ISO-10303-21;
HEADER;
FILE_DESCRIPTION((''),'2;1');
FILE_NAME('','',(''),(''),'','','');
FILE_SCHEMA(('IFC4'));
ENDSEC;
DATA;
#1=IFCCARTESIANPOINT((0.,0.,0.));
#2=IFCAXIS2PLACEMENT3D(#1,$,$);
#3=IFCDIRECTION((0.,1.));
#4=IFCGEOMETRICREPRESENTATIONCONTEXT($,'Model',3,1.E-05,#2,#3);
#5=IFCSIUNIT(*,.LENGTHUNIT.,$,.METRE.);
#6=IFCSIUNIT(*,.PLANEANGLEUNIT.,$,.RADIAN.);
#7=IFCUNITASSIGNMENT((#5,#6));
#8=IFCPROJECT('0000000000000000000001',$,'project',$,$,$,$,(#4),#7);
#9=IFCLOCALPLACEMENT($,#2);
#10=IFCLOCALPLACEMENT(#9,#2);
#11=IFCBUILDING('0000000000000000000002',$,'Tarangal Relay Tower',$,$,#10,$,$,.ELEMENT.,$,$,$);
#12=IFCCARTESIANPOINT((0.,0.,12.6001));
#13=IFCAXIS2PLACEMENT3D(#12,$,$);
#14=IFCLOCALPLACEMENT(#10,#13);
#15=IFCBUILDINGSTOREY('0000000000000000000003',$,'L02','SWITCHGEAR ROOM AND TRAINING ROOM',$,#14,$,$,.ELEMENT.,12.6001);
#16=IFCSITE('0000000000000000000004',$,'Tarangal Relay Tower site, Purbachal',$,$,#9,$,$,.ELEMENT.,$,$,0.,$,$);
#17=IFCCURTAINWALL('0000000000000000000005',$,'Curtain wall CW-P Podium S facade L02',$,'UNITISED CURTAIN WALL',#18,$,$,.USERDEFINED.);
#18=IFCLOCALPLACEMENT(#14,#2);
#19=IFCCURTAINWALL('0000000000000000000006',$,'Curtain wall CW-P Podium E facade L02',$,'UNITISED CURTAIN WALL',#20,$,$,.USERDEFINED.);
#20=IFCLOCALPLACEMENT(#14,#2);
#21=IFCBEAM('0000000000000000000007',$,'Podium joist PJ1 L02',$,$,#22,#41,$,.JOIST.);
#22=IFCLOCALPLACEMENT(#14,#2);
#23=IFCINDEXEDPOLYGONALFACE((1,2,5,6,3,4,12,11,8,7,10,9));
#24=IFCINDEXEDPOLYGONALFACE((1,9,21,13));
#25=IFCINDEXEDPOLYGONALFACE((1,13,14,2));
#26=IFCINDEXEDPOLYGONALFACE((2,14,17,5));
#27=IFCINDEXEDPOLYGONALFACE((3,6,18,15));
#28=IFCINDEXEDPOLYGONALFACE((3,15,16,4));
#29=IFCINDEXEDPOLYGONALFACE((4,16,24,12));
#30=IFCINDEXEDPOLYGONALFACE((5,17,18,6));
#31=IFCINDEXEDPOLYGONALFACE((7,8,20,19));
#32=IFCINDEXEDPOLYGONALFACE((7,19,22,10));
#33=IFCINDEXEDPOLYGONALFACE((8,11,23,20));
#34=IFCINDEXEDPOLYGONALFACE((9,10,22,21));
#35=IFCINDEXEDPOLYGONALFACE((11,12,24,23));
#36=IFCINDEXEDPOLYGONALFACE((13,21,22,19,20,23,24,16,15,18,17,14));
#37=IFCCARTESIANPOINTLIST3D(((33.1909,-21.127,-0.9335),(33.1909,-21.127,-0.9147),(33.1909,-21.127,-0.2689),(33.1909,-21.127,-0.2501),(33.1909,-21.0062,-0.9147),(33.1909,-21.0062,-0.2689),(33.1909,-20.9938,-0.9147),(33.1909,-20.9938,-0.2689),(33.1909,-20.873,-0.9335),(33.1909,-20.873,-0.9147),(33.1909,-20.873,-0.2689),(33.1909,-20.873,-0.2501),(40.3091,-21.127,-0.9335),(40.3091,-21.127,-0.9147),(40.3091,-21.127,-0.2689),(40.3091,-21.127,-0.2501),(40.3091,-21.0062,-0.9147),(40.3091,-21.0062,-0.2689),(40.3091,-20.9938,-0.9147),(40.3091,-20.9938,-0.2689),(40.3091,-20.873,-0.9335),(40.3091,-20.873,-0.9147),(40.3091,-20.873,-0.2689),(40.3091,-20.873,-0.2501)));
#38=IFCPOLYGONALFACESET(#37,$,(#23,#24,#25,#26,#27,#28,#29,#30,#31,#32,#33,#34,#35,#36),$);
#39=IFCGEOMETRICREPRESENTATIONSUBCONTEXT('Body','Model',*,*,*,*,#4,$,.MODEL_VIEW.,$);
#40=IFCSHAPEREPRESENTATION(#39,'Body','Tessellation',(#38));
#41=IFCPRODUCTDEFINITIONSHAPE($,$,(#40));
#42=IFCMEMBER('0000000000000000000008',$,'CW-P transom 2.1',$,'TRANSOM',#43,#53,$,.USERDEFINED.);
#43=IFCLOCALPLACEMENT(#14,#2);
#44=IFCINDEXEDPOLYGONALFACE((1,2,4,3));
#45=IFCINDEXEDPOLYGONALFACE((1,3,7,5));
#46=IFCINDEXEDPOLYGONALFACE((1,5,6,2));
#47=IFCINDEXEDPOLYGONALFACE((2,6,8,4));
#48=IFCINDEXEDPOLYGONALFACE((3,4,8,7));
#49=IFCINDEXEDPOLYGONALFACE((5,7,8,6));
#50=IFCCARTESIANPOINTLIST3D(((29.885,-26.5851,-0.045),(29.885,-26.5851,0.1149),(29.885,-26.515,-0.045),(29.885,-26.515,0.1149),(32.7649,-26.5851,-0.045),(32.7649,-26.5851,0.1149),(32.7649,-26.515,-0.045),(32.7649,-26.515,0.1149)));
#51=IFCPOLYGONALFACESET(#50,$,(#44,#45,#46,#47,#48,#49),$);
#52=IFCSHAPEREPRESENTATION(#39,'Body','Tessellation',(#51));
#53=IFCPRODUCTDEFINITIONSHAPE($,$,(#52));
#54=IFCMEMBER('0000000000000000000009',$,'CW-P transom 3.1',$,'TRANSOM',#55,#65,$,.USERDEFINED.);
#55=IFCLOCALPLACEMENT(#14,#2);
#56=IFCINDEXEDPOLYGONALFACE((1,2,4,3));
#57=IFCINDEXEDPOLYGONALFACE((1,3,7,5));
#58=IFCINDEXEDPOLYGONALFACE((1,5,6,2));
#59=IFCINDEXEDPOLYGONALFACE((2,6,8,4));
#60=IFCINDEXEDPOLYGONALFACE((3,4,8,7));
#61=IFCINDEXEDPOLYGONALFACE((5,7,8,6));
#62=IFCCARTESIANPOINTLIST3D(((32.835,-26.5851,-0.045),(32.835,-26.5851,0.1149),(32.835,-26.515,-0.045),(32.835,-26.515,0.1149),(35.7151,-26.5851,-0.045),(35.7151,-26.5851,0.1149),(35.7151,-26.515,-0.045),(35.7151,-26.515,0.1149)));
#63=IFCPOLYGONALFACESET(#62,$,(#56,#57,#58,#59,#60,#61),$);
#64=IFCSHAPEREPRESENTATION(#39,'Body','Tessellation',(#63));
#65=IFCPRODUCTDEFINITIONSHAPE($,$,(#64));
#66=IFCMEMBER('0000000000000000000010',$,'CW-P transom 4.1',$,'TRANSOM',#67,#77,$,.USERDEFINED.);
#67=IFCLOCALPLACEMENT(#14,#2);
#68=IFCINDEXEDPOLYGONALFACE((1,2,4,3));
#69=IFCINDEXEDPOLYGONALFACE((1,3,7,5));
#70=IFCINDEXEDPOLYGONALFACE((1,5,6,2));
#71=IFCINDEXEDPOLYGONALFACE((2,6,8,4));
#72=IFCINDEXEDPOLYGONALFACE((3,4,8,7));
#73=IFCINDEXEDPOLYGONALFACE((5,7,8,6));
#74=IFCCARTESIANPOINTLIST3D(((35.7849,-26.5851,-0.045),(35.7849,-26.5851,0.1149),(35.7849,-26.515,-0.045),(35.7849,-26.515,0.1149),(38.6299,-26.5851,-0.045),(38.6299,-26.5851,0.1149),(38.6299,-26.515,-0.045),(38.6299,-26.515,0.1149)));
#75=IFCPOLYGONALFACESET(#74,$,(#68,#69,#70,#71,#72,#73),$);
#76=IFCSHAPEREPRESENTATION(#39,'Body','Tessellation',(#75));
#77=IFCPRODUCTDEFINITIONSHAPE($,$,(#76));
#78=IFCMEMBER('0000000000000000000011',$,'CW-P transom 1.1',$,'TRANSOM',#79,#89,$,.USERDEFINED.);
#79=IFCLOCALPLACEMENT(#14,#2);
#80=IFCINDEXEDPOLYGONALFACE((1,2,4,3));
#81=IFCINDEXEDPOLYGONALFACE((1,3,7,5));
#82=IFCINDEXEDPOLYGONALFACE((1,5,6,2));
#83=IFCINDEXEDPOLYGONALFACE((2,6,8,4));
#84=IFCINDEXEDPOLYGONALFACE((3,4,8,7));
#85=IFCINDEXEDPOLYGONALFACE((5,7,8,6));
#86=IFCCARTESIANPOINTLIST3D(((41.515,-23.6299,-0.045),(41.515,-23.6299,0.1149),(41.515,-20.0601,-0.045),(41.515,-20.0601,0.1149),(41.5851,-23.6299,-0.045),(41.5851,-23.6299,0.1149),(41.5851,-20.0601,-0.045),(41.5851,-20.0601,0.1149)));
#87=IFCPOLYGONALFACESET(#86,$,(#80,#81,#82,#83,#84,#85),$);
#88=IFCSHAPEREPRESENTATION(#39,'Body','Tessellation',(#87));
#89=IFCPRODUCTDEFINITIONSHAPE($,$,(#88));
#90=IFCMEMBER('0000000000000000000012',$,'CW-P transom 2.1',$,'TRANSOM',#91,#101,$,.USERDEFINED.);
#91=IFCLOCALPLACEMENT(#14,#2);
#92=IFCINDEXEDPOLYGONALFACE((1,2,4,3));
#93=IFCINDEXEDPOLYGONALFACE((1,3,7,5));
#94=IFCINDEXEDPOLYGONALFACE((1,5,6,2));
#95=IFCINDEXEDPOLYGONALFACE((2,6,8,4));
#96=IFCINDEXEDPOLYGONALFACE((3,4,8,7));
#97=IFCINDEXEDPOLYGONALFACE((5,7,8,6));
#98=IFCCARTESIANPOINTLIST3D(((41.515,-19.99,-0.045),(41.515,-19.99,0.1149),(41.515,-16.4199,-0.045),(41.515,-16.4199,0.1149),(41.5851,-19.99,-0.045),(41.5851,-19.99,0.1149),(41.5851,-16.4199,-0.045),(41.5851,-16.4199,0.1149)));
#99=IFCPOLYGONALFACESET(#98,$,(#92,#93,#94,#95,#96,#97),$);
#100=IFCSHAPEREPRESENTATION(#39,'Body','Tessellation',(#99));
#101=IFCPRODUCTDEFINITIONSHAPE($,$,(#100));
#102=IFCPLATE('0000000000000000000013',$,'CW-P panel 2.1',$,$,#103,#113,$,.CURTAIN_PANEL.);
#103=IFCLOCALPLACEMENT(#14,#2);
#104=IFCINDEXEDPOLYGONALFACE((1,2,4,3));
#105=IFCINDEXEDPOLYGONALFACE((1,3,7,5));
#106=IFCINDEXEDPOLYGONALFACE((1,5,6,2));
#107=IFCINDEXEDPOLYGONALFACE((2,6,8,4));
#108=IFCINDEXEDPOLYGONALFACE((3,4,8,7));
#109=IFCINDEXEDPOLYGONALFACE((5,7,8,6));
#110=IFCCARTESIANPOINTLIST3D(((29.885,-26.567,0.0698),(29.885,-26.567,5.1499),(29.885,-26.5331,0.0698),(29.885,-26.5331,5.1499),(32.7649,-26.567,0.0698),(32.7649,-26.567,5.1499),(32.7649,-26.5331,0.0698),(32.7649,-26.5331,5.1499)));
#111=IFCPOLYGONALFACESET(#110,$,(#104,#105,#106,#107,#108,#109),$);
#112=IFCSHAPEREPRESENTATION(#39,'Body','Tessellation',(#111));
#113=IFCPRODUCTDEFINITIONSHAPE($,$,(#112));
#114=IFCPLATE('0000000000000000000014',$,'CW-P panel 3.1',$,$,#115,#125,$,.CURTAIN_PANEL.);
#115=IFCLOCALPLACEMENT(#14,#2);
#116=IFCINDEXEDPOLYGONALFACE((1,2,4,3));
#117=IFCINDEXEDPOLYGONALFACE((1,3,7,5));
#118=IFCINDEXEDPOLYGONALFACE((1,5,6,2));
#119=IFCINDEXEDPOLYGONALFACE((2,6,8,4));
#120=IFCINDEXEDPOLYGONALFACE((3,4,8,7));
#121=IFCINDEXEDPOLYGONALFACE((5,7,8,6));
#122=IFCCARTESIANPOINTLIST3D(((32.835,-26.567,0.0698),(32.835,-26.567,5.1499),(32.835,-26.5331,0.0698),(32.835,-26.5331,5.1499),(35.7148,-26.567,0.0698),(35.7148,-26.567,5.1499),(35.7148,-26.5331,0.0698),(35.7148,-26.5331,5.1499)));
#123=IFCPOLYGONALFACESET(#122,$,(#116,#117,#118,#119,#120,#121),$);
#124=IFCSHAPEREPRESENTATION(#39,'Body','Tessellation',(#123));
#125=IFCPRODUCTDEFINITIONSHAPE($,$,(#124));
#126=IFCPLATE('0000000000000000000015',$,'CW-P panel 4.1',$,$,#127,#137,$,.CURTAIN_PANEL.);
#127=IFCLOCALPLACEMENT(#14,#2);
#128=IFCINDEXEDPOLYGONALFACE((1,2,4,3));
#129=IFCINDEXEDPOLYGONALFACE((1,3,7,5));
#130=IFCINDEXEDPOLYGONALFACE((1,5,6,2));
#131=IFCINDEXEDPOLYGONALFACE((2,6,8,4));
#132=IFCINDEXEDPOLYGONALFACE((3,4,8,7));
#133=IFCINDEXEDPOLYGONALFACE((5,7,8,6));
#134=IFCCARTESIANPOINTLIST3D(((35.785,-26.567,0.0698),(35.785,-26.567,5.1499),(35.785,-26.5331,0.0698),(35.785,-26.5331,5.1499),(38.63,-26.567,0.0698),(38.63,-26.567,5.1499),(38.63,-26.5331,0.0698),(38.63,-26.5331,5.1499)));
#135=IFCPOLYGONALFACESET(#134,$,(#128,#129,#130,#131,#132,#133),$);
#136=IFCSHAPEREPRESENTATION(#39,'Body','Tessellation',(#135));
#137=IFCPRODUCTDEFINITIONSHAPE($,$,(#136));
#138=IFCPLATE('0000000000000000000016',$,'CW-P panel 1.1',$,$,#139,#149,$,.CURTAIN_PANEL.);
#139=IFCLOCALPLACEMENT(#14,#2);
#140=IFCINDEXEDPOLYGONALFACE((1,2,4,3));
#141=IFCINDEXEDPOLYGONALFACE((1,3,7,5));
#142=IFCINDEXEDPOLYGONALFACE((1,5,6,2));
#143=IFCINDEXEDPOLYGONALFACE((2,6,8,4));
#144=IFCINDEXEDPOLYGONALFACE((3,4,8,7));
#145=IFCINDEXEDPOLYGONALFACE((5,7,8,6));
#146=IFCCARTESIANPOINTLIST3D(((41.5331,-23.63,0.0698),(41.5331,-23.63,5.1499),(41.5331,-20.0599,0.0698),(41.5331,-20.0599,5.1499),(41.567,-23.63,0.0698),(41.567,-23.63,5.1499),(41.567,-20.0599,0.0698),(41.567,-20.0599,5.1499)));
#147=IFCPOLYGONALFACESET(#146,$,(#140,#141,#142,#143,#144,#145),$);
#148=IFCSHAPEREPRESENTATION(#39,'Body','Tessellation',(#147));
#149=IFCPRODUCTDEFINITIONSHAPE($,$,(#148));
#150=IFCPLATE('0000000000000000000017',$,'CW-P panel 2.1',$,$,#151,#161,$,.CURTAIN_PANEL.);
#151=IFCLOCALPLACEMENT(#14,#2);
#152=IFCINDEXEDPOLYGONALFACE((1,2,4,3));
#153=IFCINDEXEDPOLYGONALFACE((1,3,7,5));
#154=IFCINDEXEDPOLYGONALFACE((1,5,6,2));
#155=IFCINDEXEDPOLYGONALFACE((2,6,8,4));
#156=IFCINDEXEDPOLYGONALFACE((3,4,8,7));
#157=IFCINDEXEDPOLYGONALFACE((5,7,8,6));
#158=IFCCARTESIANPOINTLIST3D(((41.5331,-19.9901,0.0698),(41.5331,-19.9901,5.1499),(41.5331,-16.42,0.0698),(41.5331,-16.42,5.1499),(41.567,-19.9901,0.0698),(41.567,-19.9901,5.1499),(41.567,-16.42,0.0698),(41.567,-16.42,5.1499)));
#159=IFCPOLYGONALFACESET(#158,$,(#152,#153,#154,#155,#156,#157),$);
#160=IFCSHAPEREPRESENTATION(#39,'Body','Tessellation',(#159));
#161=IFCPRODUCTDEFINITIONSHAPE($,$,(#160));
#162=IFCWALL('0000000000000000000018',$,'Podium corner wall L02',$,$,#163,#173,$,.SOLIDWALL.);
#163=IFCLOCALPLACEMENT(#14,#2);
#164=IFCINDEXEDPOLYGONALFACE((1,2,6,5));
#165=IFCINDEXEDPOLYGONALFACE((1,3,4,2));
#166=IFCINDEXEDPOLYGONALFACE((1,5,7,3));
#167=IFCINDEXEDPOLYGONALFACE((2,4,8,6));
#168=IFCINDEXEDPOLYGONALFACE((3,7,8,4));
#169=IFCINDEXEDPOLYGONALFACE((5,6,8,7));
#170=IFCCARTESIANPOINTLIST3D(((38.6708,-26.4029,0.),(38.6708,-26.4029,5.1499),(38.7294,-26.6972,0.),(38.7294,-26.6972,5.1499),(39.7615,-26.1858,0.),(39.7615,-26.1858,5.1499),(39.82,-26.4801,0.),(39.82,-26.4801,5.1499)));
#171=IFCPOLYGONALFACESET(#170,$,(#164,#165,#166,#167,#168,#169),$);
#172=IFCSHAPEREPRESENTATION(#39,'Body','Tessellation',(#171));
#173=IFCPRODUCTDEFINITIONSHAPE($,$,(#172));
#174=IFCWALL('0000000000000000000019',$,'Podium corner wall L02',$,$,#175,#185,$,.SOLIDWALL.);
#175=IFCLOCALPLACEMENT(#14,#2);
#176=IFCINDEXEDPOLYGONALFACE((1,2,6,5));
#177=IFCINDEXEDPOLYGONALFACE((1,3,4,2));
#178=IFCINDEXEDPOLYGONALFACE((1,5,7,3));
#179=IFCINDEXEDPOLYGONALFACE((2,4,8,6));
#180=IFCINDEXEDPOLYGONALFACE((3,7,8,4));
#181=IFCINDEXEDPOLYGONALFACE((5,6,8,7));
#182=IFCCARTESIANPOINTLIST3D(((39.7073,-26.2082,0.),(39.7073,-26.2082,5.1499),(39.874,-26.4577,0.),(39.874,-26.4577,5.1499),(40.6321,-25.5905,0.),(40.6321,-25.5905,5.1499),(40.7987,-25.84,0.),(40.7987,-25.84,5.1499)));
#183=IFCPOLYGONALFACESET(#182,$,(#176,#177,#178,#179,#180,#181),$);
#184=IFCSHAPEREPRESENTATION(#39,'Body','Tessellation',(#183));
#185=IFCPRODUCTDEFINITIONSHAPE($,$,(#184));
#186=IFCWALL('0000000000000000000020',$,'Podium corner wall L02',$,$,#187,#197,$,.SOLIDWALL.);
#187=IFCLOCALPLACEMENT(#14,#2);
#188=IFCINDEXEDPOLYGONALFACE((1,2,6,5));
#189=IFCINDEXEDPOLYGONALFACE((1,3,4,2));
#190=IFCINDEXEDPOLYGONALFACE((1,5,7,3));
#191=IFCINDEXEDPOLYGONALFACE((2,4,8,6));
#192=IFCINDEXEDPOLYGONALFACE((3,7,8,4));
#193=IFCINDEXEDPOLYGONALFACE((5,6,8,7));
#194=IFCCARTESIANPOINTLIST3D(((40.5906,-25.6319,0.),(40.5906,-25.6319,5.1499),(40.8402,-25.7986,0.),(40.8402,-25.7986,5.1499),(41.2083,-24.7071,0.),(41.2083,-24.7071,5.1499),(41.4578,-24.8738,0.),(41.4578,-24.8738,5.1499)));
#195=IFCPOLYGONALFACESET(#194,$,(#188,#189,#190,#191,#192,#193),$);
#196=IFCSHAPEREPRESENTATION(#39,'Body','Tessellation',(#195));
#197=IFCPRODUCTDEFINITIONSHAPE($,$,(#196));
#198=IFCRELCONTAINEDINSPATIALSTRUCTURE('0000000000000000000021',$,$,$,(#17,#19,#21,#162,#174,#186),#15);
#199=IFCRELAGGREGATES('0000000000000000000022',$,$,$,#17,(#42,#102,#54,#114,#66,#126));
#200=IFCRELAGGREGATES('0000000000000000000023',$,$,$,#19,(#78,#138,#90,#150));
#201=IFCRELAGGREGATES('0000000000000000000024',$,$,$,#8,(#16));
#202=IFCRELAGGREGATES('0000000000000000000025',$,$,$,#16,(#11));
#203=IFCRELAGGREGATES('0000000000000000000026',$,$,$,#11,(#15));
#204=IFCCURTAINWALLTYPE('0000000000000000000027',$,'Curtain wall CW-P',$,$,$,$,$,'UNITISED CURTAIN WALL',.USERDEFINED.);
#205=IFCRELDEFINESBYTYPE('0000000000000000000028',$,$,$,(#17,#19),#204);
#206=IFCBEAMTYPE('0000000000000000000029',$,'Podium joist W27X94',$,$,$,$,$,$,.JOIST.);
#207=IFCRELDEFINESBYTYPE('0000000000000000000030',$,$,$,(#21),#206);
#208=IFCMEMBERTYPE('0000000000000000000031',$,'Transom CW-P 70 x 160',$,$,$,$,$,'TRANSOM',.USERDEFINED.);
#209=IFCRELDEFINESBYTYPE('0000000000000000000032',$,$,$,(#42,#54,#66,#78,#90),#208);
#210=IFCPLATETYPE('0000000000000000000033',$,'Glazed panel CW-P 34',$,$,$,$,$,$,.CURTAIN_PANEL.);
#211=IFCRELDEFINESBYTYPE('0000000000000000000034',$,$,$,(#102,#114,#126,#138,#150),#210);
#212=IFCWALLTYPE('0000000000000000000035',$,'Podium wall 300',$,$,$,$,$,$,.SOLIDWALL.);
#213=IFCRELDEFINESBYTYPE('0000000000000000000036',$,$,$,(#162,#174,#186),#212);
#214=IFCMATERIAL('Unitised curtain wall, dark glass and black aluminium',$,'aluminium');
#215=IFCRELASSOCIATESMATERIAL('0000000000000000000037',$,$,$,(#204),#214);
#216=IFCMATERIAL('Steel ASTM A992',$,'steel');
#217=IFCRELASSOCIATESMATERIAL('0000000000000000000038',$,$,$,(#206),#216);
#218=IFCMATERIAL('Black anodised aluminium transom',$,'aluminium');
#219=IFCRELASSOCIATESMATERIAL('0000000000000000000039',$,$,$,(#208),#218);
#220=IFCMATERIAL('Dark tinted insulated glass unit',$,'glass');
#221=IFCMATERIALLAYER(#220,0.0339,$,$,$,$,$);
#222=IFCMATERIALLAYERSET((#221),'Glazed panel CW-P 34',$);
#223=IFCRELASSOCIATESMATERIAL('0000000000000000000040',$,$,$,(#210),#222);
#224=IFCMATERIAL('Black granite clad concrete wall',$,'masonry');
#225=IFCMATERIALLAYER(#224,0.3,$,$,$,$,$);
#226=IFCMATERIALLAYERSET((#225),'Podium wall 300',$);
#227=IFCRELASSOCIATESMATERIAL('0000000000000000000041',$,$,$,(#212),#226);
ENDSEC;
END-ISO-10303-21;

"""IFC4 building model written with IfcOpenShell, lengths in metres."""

from ifc_helpers import new_model, si_unit, direction, frame, frame_2d, origin, origin_2d, place, context, subcontext, project, spatial, rectangle, i_section, extrude, material, layer, layer_set, material_profile, profile_set, type_object, element, aggregate, save


model = new_model("IFC4")

# Units and contexts
model_context = context("Model", 3, precision=1e-05, world=origin(), true_north=direction((0.0, 1.0)))
body_context = subcontext(model_context, "Body", "Model", "MODEL_VIEW")
ifc_project = project(units=[si_unit("LENGTHUNIT", "METRE"), si_unit("PLANEANGLEUNIT", "RADIAN")], contexts=[model_context])

# Site, building, storey
site_placement = place(None, origin())
site = spatial("IfcSite", under=ifc_project, at=site_placement, Name="Tarangal Relay Tower site, Purbachal", CompositionType="ELEMENT", RefElevation=0.0)
building_placement = place(site_placement, origin())
building = spatial("IfcBuilding", under=site, at=building_placement, Name="Tarangal Relay Tower", CompositionType="ELEMENT")
storey_placement = place(building_placement, frame((0.0, 0.0, 12.6001)))
storey = spatial("IfcBuildingStorey", under=building, at=storey_placement, Name="L02", Description="SWITCHGEAR ROOM AND TRAINING ROOM", CompositionType="ELEMENT", Elevation=12.6001)

# Shared definitions
ifc_material_1 = material(Name="Steel ASTM A992", Category="steel")

# Curtain walls
ifc_material_2 = material(Name="Unitised curtain wall, dark glass and black aluminium", Category="aluminium")
curtain_wall_type = type_object("IfcCurtainWallType", Name="Curtain wall CW-P", ElementType="UNITISED CURTAIN WALL", PredefinedType="USERDEFINED", material=ifc_material_2)
curtain_wall_1_placement = place(storey_placement, origin())
curtain_wall_1 = element("IfcCurtainWall", 1, at=curtain_wall_1_placement, inside=storey, type_object=curtain_wall_type, Name="Curtain wall CW-P Podium S facade L02", ObjectType="UNITISED CURTAIN WALL", PredefinedType="USERDEFINED")
curtain_wall_2_placement = place(storey_placement, origin())
curtain_wall_2 = element("IfcCurtainWall", 2, at=curtain_wall_2_placement, inside=storey, type_object=curtain_wall_type, Name="Curtain wall CW-P Podium E facade L02", ObjectType="UNITISED CURTAIN WALL", PredefinedType="USERDEFINED")

# Beam
ifc_material_profile_1 = material_profile(ifc_material_1, i_section(OverallWidth=0.2539, OverallDepth=0.6833, WebThickness=0.0125, FlangeThickness=0.0188, at=origin_2d()), Name="W27X94")
ifc_profile_set_1 = profile_set([ifc_material_profile_1], Name="Steel ASTM A992")
beam_type_1 = type_object("IfcBeamType", Name="Podium joist W27X94", PredefinedType="JOIST", material=ifc_profile_set_1)
beam_1_placement = place(storey_placement, frame((33.1909, -21.0, -0.5918), z_axis=(1.0, 0.0, 0.0), x_axis=(0.0, 1.0, 0.0)))
element("IfcBeam", 3, at=beam_1_placement, inside=storey, type_object=beam_type_1, Name="Podium joist PJ1 L02", PredefinedType="JOIST", context=body_context, shape_type="SweptSolid", body=[
    extrude(i_section(OverallWidth=0.2539, OverallDepth=0.6833, WebThickness=0.0125, FlangeThickness=0.0188, at=origin_2d()), origin(), (0.0, 0.0, 1.0), 7.1182),
])

# Members
ifc_material_3 = material(Name="Black anodised aluminium transom", Category="aluminium")
ifc_material_profile_2 = material_profile(ifc_material_3, rectangle(XDim=0.0701, YDim=0.1599, at=origin_2d()), Name="CW-PT 70X160")
ifc_profile_set_2 = profile_set([ifc_material_profile_2], Name="Black anodised aluminium transom")
member_type_1 = type_object("IfcMemberType", Name="Transom CW-P 70 x 160", ElementType="TRANSOM", PredefinedType="USERDEFINED", material=ifc_profile_set_2)
member_1_placement = place(storey_placement, frame((29.885, -26.55, 0.0349), z_axis=(1.0, 0.0, 0.0), x_axis=(0.0, 1.0, 0.0)))
member_1 = element("IfcMember", 4, at=member_1_placement, type_object=member_type_1, Name="CW-P transom 2.1", ObjectType="TRANSOM", PredefinedType="USERDEFINED", context=body_context, shape_type="SweptSolid", body=[
    extrude(rectangle(XDim=0.0701, YDim=0.1599, at=origin_2d()), origin(), (0.0, 0.0, 1.0), 2.8799),
])
member_2_placement = place(storey_placement, frame((32.835, -26.55, 0.0349), z_axis=(1.0, 0.0, 0.0), x_axis=(0.0, 1.0, 0.0)))
member_2 = element("IfcMember", 5, at=member_2_placement, type_object=member_type_1, Name="CW-P transom 3.1", ObjectType="TRANSOM", PredefinedType="USERDEFINED", context=body_context, shape_type="SweptSolid", body=[
    extrude(rectangle(XDim=0.0701, YDim=0.1599, at=origin_2d()), origin(), (0.0, 0.0, 1.0), 2.8801),
])
member_3_placement = place(storey_placement, frame((35.7849, -26.55, 0.0349), z_axis=(1.0, 0.0, 0.0), x_axis=(0.0, 1.0, 0.0)))
member_3 = element("IfcMember", 6, at=member_3_placement, type_object=member_type_1, Name="CW-P transom 4.1", ObjectType="TRANSOM", PredefinedType="USERDEFINED", context=body_context, shape_type="SweptSolid", body=[
    extrude(rectangle(XDim=0.0701, YDim=0.1599, at=origin_2d()), origin(), (0.0, 0.0, 1.0), 2.845),
])
member_4_placement = place(storey_placement, frame((41.55, -23.6299, 0.0349), z_axis=(0.0, 1.0, 0.0), x_axis=(-1.0, 0.0, 0.0)))
member_4 = element("IfcMember", 7, at=member_4_placement, type_object=member_type_1, Name="CW-P transom 1.1", ObjectType="TRANSOM", PredefinedType="USERDEFINED", context=body_context, shape_type="SweptSolid", body=[
    extrude(rectangle(XDim=0.0701, YDim=0.1599, at=origin_2d()), origin(), (0.0, 0.0, 1.0), 3.5698),
])
member_5_placement = place(storey_placement, frame((41.55, -19.99, 0.0349), z_axis=(0.0, 1.0, 0.0), x_axis=(-1.0, 0.0, 0.0)))
member_5 = element("IfcMember", 8, at=member_5_placement, type_object=member_type_1, Name="CW-P transom 2.1", ObjectType="TRANSOM", PredefinedType="USERDEFINED", context=body_context, shape_type="SweptSolid", body=[
    extrude(rectangle(XDim=0.0701, YDim=0.1599, at=origin_2d()), origin(), (0.0, 0.0, 1.0), 3.5701),
])

# Plates
ifc_material_4 = material(Name="Dark tinted insulated glass unit", Category="glass")
ifc_layer_1 = layer(ifc_material_4, 0.0339)
ifc_layer_set_1 = layer_set([ifc_layer_1], Name="Glazed panel CW-P 34")
plate_type = type_object("IfcPlateType", Name="Glazed panel CW-P 34", PredefinedType="CURTAIN_PANEL", material=ifc_layer_set_1)
plate_1_placement = place(storey_placement, frame((31.325, -26.55, 0.0698), z_axis=(0.0, 0.0, 1.0), x_axis=(1.0, 0.0, 0.0)))
plate_1 = element("IfcPlate", 9, at=plate_1_placement, type_object=plate_type, Name="CW-P panel 2.1", PredefinedType="CURTAIN_PANEL", context=body_context, shape_type="SweptSolid", body=[
    extrude(rectangle(XDim=2.8799, YDim=0.0339, at=origin_2d()), origin(), (0.0, 0.0, 1.0), 5.0801),
])
plate_2_placement = place(storey_placement, frame((34.2749, -26.55, 0.0698), z_axis=(0.0, 0.0, 1.0), x_axis=(1.0, 0.0, 0.0)))
plate_2 = element("IfcPlate", 10, at=plate_2_placement, type_object=plate_type, Name="CW-P panel 3.1", PredefinedType="CURTAIN_PANEL", context=body_context, shape_type="SweptSolid", body=[
    extrude(rectangle(XDim=2.8799, YDim=0.0339, at=origin_2d()), origin(), (0.0, 0.0, 1.0), 5.0801),
])
plate_3_placement = place(storey_placement, frame((37.2075, -26.55, 0.0698), z_axis=(0.0, 0.0, 1.0), x_axis=(1.0, 0.0, 0.0)))
plate_3 = element("IfcPlate", 11, at=plate_3_placement, type_object=plate_type, Name="CW-P panel 4.1", PredefinedType="CURTAIN_PANEL", context=body_context, shape_type="SweptSolid", body=[
    extrude(rectangle(XDim=2.845, YDim=0.0339, at=origin_2d()), origin(), (0.0, 0.0, 1.0), 5.0801),
])
aggregate(curtain_wall_1, [member_1, plate_1, member_2, plate_2, member_3, plate_3])
plate_4_placement = place(storey_placement, frame((41.55, -21.845, 0.0698), z_axis=(0.0, 0.0, 1.0), x_axis=(0.0, 1.0, 0.0)))
plate_4 = element("IfcPlate", 12, at=plate_4_placement, type_object=plate_type, Name="CW-P panel 1.1", PredefinedType="CURTAIN_PANEL", context=body_context, shape_type="SweptSolid", body=[
    extrude(rectangle(XDim=3.5701, YDim=0.0339, at=origin_2d()), origin(), (0.0, 0.0, 1.0), 5.0801),
])
plate_5_placement = place(storey_placement, frame((41.55, -18.2051, 0.0698), z_axis=(0.0, 0.0, 1.0), x_axis=(0.0, 1.0, 0.0)))
plate_5 = element("IfcPlate", 13, at=plate_5_placement, type_object=plate_type, Name="CW-P panel 2.1", PredefinedType="CURTAIN_PANEL", context=body_context, shape_type="SweptSolid", body=[
    extrude(rectangle(XDim=3.5701, YDim=0.0339, at=origin_2d()), origin(), (0.0, 0.0, 1.0), 5.0801),
])
aggregate(curtain_wall_2, [member_4, plate_4, member_5, plate_5])

# Walls
ifc_material_5 = material(Name="Black granite clad concrete wall", Category="masonry")
ifc_layer_2 = layer(ifc_material_5, 0.3)
ifc_layer_set_2 = layer_set([ifc_layer_2], Name="Podium wall 300")
wall_type_1 = type_object("IfcWallType", Name="Podium wall 300", PredefinedType="SOLIDWALL", material=ifc_layer_set_2)
for number, where, z_axis, x_axis, name in (
    (14, (38.7, -26.55, 0.0), (0.0, 0.0, 1.0), (0.980766, 0.195187, 0.0), "Podium corner wall L02"),
    (15, (39.7905, -26.333, 0.0), (0.0, 0.0, 1.0), (0.831577, 0.555409, 0.0), "Podium corner wall L02"),
    (16, (40.7153, -25.7153, 0.0), (0.0, 0.0, 1.0), (0.555409, 0.831577, 0.0), "Podium corner wall L02"),
):
    element("IfcWall", number, at=place(storey_placement, frame(where, z_axis=z_axis, x_axis=x_axis)), inside=storey, type_object=wall_type_1, Name=name, PredefinedType="SOLIDWALL", context=body_context, shape_type="SweptSolid", body=[
        extrude(rectangle(XDim=1.1121, YDim=0.3, at=frame_2d((0.5562, 0.0))), origin(), (0.0, 0.0, 1.0), 5.1499),
    ])

save(model, "model.ifc")
